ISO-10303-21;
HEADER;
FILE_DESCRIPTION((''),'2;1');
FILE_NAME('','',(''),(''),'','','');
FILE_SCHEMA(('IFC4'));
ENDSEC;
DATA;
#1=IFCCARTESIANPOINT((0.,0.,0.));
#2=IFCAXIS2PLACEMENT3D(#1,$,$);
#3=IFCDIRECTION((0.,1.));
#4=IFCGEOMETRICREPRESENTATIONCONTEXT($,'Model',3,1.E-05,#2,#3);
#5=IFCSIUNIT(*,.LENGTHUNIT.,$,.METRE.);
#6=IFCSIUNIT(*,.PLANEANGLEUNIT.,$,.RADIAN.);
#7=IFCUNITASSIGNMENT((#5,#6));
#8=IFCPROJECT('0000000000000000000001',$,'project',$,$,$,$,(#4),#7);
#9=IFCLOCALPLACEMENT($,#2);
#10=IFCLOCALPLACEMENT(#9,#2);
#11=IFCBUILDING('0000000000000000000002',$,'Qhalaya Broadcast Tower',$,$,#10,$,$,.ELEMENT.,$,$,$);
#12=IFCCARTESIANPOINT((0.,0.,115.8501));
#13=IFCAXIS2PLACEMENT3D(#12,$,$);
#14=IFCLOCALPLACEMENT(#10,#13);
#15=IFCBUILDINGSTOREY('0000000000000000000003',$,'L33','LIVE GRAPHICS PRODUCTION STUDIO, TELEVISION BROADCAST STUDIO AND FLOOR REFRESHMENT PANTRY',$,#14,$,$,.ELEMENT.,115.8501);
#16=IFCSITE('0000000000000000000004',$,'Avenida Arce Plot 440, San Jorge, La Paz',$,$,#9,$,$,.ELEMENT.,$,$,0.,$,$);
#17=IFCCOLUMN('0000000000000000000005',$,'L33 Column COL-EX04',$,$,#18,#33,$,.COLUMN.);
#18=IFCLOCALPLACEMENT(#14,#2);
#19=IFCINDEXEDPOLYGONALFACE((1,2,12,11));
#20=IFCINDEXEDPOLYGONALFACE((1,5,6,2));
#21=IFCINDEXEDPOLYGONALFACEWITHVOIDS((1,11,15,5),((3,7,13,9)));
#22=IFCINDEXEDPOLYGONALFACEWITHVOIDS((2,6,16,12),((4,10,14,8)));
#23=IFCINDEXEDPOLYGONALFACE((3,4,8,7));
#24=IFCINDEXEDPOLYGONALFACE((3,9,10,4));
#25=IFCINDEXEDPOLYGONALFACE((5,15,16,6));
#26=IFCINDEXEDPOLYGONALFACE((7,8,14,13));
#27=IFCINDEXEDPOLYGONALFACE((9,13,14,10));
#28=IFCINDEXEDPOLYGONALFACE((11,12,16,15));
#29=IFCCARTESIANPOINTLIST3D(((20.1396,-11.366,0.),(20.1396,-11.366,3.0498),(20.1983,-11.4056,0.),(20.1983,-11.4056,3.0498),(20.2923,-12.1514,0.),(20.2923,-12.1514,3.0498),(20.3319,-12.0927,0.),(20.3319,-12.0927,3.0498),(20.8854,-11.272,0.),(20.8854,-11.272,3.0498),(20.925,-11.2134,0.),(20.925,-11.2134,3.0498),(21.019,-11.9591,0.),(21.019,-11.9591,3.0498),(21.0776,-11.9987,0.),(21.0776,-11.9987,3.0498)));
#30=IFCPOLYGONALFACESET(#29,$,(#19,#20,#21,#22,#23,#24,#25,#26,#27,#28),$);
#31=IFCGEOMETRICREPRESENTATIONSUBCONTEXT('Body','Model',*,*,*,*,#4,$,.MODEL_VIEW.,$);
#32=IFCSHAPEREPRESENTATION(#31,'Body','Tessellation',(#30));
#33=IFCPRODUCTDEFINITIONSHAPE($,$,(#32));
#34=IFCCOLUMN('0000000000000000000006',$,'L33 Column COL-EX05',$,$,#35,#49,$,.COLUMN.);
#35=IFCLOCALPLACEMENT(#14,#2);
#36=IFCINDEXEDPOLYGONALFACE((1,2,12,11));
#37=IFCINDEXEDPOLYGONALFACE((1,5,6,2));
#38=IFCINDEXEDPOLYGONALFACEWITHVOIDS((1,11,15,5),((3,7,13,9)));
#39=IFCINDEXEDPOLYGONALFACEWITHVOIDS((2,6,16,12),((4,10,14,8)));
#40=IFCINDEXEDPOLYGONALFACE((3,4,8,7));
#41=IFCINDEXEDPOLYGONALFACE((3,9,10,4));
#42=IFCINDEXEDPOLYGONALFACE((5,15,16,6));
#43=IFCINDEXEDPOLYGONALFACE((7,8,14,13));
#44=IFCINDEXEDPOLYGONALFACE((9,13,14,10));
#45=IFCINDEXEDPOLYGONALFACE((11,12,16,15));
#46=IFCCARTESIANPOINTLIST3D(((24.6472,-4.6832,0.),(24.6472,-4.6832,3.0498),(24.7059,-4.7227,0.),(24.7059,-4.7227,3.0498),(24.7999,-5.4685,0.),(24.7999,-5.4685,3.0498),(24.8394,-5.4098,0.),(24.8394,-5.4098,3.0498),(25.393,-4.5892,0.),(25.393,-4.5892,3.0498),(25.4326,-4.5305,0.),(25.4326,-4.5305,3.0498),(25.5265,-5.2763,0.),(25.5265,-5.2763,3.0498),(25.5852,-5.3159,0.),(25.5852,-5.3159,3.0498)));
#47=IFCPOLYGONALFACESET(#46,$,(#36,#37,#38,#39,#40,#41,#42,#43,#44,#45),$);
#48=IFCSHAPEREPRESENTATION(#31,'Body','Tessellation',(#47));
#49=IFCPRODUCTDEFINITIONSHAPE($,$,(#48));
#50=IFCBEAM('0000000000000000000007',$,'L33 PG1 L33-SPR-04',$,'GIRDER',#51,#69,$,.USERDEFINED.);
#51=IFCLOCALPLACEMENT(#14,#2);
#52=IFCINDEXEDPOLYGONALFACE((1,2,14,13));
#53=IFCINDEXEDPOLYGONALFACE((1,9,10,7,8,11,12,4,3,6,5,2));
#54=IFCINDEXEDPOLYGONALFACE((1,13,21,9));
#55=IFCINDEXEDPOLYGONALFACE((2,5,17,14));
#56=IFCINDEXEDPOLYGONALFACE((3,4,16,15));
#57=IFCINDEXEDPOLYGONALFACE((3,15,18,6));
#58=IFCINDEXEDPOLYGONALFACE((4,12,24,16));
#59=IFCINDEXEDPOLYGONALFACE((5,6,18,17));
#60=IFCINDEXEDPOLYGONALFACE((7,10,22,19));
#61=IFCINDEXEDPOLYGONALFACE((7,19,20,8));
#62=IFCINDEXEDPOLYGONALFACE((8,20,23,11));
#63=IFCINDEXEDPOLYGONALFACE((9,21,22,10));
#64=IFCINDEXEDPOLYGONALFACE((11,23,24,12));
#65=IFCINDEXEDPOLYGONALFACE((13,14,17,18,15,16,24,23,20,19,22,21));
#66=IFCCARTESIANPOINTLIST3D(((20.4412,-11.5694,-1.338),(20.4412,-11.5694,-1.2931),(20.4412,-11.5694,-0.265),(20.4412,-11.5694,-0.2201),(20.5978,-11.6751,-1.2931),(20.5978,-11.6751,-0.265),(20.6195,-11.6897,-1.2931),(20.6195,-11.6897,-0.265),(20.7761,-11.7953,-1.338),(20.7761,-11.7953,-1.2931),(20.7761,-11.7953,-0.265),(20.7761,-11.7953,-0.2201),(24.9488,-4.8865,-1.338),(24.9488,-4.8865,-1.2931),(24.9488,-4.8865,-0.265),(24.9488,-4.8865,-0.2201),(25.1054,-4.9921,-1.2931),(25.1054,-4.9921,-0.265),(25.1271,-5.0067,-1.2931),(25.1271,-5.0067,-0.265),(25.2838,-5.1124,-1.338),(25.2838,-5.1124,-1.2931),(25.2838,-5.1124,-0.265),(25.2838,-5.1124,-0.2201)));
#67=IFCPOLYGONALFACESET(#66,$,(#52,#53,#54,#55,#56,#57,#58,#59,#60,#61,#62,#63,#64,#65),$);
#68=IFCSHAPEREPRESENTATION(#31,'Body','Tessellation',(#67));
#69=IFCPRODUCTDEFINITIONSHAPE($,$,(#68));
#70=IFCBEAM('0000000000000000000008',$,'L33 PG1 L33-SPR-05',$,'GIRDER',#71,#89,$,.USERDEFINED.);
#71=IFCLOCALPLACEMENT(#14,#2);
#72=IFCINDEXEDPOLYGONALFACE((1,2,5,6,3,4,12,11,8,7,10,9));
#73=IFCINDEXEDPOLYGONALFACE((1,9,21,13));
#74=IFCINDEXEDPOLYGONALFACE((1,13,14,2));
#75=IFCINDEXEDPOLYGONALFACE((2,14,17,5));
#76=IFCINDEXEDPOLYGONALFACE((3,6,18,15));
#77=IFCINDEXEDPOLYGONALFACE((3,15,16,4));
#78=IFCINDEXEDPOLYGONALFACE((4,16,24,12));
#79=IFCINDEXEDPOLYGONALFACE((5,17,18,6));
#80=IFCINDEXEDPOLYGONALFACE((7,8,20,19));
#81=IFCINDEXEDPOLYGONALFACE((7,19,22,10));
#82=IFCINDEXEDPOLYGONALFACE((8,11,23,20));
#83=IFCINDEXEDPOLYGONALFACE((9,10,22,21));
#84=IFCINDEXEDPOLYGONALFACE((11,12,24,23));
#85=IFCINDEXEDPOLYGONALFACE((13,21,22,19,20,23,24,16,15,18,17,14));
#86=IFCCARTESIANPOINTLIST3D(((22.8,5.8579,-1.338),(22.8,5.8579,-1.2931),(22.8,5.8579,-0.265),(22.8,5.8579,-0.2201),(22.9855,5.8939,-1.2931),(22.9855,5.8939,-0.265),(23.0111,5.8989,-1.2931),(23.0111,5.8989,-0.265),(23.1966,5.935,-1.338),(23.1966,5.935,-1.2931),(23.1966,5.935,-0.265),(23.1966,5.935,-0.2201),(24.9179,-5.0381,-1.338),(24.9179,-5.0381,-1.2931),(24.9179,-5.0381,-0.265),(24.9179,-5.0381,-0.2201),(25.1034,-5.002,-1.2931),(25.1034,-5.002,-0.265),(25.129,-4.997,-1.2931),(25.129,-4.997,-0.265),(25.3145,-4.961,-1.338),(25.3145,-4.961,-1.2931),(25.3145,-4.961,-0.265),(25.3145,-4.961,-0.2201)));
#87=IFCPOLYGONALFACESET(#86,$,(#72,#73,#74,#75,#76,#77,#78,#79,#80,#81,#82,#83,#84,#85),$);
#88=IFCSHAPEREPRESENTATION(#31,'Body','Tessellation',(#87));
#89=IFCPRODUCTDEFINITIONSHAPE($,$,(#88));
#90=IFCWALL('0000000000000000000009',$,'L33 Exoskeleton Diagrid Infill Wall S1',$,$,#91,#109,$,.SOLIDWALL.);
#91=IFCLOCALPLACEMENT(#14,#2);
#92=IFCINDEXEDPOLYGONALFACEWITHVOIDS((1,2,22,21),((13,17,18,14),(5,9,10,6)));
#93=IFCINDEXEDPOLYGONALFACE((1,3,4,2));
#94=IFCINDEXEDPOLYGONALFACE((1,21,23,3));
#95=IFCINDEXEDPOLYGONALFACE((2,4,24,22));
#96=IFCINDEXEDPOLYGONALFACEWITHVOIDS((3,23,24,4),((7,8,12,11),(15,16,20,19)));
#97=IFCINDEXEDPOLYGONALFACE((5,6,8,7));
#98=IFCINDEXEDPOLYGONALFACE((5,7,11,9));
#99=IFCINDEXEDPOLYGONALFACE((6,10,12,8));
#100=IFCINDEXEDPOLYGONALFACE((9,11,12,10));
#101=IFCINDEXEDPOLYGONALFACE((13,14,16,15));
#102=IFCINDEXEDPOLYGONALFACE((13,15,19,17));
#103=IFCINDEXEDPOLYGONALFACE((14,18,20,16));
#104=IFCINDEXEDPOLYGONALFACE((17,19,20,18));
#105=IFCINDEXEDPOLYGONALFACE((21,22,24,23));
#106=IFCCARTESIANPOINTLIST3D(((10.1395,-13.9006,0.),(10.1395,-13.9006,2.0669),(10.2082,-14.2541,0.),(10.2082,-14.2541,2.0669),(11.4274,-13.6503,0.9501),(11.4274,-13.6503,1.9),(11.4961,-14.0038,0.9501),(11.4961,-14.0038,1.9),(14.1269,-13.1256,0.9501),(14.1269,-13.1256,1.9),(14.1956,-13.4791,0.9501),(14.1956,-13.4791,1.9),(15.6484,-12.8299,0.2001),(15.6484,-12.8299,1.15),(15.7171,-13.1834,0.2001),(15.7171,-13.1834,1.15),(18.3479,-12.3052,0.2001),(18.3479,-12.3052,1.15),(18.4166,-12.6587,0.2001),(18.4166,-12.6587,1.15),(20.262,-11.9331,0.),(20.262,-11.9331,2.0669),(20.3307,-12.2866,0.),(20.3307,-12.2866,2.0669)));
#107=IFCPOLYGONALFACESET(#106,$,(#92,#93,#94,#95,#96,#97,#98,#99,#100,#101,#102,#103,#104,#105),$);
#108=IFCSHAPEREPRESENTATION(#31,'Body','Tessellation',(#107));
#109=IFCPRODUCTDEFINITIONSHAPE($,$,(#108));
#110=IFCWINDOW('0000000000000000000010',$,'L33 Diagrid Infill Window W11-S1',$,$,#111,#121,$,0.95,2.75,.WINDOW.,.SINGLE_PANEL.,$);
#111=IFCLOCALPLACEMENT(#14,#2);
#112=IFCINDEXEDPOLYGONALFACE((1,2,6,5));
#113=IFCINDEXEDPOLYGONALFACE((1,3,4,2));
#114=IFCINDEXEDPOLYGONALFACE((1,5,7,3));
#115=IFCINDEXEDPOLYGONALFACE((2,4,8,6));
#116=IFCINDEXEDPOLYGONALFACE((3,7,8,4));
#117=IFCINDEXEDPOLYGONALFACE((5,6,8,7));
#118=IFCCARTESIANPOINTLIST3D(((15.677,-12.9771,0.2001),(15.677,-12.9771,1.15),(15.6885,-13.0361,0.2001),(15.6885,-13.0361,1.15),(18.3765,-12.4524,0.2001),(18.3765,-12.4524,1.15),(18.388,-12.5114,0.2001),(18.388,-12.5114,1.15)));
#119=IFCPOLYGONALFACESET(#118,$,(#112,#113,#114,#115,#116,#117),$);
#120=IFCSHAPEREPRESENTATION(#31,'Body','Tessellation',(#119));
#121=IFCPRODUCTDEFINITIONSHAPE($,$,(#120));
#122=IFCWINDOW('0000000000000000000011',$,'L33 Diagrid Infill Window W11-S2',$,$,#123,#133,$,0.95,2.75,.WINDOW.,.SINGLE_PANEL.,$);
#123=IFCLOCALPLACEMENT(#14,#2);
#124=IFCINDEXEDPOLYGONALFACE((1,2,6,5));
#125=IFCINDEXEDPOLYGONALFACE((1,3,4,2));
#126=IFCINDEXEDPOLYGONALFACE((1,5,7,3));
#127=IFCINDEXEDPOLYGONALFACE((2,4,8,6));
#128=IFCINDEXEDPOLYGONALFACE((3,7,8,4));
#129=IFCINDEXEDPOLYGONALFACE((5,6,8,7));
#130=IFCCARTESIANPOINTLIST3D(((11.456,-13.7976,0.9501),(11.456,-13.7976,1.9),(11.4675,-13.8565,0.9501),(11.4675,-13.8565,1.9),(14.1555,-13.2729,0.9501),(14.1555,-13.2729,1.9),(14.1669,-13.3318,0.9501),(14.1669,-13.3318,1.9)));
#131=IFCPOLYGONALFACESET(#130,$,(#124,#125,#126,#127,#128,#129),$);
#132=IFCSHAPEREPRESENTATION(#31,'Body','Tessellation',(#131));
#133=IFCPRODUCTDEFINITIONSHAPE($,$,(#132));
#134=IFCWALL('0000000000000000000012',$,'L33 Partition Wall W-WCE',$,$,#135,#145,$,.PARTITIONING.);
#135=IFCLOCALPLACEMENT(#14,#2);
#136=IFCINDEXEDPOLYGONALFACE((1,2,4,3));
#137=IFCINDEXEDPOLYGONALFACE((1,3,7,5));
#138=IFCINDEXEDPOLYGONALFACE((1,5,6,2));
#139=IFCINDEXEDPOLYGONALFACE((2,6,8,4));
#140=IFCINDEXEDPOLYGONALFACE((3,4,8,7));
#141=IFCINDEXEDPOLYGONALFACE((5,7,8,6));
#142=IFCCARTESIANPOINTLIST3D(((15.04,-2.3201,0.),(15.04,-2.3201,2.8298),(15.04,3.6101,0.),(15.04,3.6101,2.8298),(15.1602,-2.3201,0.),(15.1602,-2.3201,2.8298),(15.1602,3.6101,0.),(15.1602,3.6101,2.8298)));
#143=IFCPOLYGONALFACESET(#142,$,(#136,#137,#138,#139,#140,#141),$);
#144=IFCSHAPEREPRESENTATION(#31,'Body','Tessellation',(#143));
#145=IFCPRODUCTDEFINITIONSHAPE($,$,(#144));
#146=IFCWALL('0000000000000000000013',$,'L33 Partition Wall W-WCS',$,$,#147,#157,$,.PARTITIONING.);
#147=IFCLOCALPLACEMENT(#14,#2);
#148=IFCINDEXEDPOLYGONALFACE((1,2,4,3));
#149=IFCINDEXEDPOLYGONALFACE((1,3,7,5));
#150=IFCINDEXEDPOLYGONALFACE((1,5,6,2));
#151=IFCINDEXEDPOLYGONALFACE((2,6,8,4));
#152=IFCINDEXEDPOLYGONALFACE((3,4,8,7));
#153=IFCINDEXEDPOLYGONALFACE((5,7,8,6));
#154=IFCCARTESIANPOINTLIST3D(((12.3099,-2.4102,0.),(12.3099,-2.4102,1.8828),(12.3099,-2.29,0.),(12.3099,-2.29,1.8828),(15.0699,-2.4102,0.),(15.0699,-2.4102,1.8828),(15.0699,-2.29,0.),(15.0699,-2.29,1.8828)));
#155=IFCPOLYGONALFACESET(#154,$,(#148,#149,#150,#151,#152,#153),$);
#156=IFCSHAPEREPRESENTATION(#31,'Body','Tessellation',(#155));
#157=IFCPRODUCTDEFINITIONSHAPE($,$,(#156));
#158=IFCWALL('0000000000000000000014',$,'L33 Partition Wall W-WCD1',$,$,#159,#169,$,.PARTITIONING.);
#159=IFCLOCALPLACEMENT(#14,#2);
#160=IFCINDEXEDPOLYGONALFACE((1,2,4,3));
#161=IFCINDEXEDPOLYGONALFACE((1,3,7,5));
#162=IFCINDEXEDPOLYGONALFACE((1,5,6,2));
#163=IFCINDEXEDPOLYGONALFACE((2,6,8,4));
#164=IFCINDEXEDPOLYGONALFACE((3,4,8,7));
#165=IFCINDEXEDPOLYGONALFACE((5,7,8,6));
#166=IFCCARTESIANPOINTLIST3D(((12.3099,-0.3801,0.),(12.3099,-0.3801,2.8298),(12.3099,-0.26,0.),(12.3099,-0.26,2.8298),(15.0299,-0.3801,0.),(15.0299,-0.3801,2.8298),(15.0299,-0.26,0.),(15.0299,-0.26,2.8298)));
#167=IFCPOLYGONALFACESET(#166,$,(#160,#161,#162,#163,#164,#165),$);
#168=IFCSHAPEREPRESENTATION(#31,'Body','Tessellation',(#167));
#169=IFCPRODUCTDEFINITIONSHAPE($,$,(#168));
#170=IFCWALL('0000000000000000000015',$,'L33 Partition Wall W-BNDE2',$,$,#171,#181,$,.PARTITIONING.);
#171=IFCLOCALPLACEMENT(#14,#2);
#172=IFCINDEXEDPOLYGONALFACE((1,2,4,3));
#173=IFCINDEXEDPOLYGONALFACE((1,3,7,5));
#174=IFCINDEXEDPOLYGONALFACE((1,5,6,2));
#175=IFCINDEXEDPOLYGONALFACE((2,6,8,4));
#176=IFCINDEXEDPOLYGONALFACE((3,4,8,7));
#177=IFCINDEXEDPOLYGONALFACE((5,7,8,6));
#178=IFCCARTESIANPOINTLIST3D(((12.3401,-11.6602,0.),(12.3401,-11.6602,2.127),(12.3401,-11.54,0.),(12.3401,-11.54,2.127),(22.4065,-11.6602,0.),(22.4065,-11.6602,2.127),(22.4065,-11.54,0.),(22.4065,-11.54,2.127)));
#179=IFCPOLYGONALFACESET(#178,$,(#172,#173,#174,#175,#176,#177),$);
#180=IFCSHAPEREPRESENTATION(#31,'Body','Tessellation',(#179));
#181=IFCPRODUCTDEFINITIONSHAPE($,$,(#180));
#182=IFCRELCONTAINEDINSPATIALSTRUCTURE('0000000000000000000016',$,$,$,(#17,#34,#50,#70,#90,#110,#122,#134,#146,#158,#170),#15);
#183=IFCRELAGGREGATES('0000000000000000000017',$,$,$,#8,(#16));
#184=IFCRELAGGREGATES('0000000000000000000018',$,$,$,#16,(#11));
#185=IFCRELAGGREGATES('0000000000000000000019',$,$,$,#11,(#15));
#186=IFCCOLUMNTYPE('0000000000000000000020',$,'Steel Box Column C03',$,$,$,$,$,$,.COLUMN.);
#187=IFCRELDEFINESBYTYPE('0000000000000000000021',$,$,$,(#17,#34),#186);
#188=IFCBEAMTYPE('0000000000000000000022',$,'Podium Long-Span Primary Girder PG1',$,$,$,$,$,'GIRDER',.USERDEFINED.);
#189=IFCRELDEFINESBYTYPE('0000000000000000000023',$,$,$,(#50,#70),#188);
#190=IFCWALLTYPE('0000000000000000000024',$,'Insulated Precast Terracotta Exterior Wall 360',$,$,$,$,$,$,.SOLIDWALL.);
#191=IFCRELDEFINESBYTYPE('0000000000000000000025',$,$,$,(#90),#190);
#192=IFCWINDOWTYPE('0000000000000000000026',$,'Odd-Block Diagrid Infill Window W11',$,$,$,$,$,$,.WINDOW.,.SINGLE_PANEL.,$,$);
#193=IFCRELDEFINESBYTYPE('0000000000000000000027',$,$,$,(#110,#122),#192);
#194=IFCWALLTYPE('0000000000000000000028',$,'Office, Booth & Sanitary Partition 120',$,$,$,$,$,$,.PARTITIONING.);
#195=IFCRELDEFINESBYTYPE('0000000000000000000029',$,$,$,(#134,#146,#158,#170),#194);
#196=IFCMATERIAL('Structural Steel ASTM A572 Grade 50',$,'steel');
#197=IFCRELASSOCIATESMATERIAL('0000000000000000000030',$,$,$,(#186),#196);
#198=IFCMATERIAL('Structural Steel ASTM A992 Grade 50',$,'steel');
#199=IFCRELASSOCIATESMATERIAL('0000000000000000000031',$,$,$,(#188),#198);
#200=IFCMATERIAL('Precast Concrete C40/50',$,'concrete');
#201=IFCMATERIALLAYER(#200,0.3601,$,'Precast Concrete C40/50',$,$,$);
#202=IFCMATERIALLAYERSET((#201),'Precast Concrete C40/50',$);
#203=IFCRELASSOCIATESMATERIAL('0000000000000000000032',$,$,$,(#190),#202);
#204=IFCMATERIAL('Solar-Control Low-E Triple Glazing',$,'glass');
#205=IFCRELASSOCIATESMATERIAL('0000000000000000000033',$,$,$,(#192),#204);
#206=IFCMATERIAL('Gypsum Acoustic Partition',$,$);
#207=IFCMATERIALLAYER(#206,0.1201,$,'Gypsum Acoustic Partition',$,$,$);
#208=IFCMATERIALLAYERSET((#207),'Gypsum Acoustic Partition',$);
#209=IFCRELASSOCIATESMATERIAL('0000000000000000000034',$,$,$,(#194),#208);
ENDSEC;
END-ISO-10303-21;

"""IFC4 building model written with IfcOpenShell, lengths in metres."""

from ifc_helpers import new_model, si_unit, direction, frame, frame_2d, origin, origin_2d, place, context, subcontext, project, spatial, rectangle, hollow_rectangle, i_section, extrude, material, layer, layer_set, material_profile, profile_set, type_object, element, fill, save


model = new_model("IFC4")

# Units and contexts
model_context = context("Model", 3, precision=1e-05, world=origin(), true_north=direction((0.0, 1.0)))
body_context = subcontext(model_context, "Body", "Model", "MODEL_VIEW")
ifc_project = project(units=[si_unit("LENGTHUNIT", "METRE"), si_unit("PLANEANGLEUNIT", "RADIAN")], contexts=[model_context])

# Site, building, storey
site_placement = place(None, origin())
site = spatial("IfcSite", under=ifc_project, at=site_placement, Name="Avenida Arce Plot 440, San Jorge, La Paz", CompositionType="ELEMENT", RefElevation=0.0)
building_placement = place(site_placement, origin())
building = spatial("IfcBuilding", under=site, at=building_placement, Name="Qhalaya Broadcast Tower", CompositionType="ELEMENT")
storey_placement = place(building_placement, frame((0.0, 0.0, 115.8501)))
storey = spatial("IfcBuildingStorey", under=building, at=storey_placement, Name="L33", Description="LIVE GRAPHICS PRODUCTION STUDIO, TELEVISION BROADCAST STUDIO AND FLOOR REFRESHMENT PANTRY", CompositionType="ELEMENT", Elevation=115.8501)

# Columns
ifc_material_1 = material(Name="Structural Steel ASTM A572 Grade 50", Category="steel")
ifc_material_profile_1 = material_profile(ifc_material_1, hollow_rectangle(XDim=0.8, YDim=0.8, WallThickness=0.05, at=origin_2d()), Name="BOX 800x800x50")
ifc_profile_set_1 = profile_set([ifc_material_profile_1], Name="Structural Steel ASTM A572 Grade 50")
column_type = type_object("IfcColumnType", Name="Steel Box Column C03", PredefinedType="COLUMN", material=ifc_profile_set_1)
for number, where, z_axis, x_axis, name in (
    (1, (20.6086, -11.6824, 0.0), (0.0, 0.0, 1.0), (0.981627, 0.190809, 0.0), "L33 Column COL-EX04"),
    (2, (25.1162, -4.9995, 0.0), (0.0, 0.0, 1.0), (-0.190809, 0.981627, 0.0), "L33 Column COL-EX05"),
):
    element("IfcColumn", number, at=place(storey_placement, frame(where, z_axis=z_axis, x_axis=x_axis)), inside=storey, type_object=column_type, Name=name, PredefinedType="COLUMN", context=body_context, shape_type="SweptSolid", body=[
        extrude(hollow_rectangle(XDim=0.8, YDim=0.8, WallThickness=0.05, at=origin_2d()), origin(), (0.0, 0.0, 1.0), 3.0498),
    ])

# Beams
ifc_material_2 = material(Name="Structural Steel ASTM A992 Grade 50", Category="steel")
ifc_material_profile_2 = material_profile(ifc_material_2, i_section(OverallWidth=0.4041, OverallDepth=1.1179, WebThickness=0.0261, FlangeThickness=0.0449, at=origin_2d()), Name="W44X335")
ifc_profile_set_2 = profile_set([ifc_material_profile_2], Name="Structural Steel ASTM A992 Grade 50")
beam_type = type_object("IfcBeamType", Name="Podium Long-Span Primary Girder PG1", ElementType="GIRDER", PredefinedType="USERDEFINED", material=ifc_profile_set_2)
beam_1_placement = place(storey_placement, frame((20.6086, -11.6824, -0.7791), z_axis=(0.559186, 0.829042, 0.0), x_axis=(-0.829042, 0.559186, 0.0)))
element("IfcBeam", 3, at=beam_1_placement, inside=storey, type_object=beam_type, Name="L33 PG1 L33-SPR-04", ObjectType="GIRDER", PredefinedType="USERDEFINED", context=body_context, shape_type="SweptSolid", body=[
    extrude(i_section(OverallWidth=0.4041, OverallDepth=1.1179, WebThickness=0.0261, FlangeThickness=0.0449, at=origin_2d()), origin(), (0.0, 0.0, 1.0), 8.061),
])
beam_2_placement = place(storey_placement, frame((25.1162, -4.9995, -0.7791), z_axis=(-0.190805, 0.981628, 0.0), x_axis=(-0.981628, -0.190805, 0.0)))
element("IfcBeam", 4, at=beam_2_placement, inside=storey, type_object=beam_type, Name="L33 PG1 L33-SPR-05", ObjectType="GIRDER", PredefinedType="USERDEFINED", context=body_context, shape_type="SweptSolid", body=[
    extrude(i_section(OverallWidth=0.4041, OverallDepth=1.1179, WebThickness=0.0261, FlangeThickness=0.0449, at=origin_2d()), origin(), (0.0, 0.0, 1.0), 11.0999),
])

# Wall, openings, windows
ifc_material_3 = material(Name="Precast Concrete C40/50", Category="concrete")
ifc_layer_1 = layer(ifc_material_3, 0.3601, Name="Precast Concrete C40/50")
ifc_layer_set_1 = layer_set([ifc_layer_1], Name="Precast Concrete C40/50")
wall_type_1 = type_object("IfcWallType", Name="Insulated Precast Terracotta Exterior Wall 360", PredefinedType="SOLIDWALL", material=ifc_layer_set_1)
wall_1_placement = place(storey_placement, frame((20.2964, -12.1099, 0.0), z_axis=(0.0, 0.0, 1.0), x_axis=(-0.981629, -0.1908, 0.0)))
wall_1 = element("IfcWall", 5, at=wall_1_placement, inside=storey, type_object=wall_type_1, Name="L33 Exoskeleton Diagrid Infill Wall S1", PredefinedType="SOLIDWALL", context=body_context, shape_type="SweptSolid", body=[
    extrude(rectangle(XDim=10.312, YDim=0.3601, at=frame_2d((5.156, 0.0))), origin(), (0.0, 0.0, 1.0), 2.0669),
])
opening_1_placement = place(wall_1_placement, frame((1.95, 0.0, 0.2)))
opening_1 = element("IfcOpeningElement", 6, at=opening_1_placement, cuts=wall_1, PredefinedType="OPENING", context=body_context, shape_type="SweptSolid", body=[
    extrude(rectangle(XDim=2.75, YDim=0.95, at=frame_2d((1.375, 0.4751))), frame((0.0, 0.1921, 0.0), z_axis=(0.0, -1.0, 0.0), x_axis=(1.0, 0.0, 0.0)), (0.0, 0.0, 1.0), 0.384),
])
opening_2_placement = place(wall_1_placement, frame((6.25, 0.0, 0.95)))
opening_2 = element("IfcOpeningElement", 7, at=opening_2_placement, cuts=wall_1, PredefinedType="OPENING", context=body_context, shape_type="SweptSolid", body=[
    extrude(rectangle(XDim=2.75, YDim=0.95, at=frame_2d((1.375, 0.4751))), frame((0.0, 0.1921, 0.0), z_axis=(0.0, -1.0, 0.0), x_axis=(1.0, 0.0, 0.0)), (0.0, 0.0, 1.0), 0.384),
])
ifc_material_4 = material(Name="Solar-Control Low-E Triple Glazing", Category="glass")
window_type = type_object("IfcWindowType", Name="Odd-Block Diagrid Infill Window W11", PartitioningType="SINGLE_PANEL", PredefinedType="WINDOW", material=ifc_material_4)
window_1_placement = place(opening_1_placement, origin())
window_1 = element("IfcWindow", 8, at=window_1_placement, inside=storey, type_object=window_type, Name="L33 Diagrid Infill Window W11-S1", OverallHeight=0.95, OverallWidth=2.75, PartitioningType="SINGLE_PANEL", PredefinedType="WINDOW", context=body_context, shape_type="SweptSolid", body=[
    extrude(rectangle(XDim=2.75, YDim=0.95, at=frame_2d((1.375, 0.4751))), frame((0.0, 0.03, 0.0), z_axis=(0.0, -1.0, 0.0), x_axis=(1.0, 0.0, 0.0)), (0.0, 0.0, 1.0), 0.0601),
])
fill(opening_1, window_1)
window_2_placement = place(opening_2_placement, origin())
window_2 = element("IfcWindow", 9, at=window_2_placement, inside=storey, type_object=window_type, Name="L33 Diagrid Infill Window W11-S2", OverallHeight=0.95, OverallWidth=2.75, PartitioningType="SINGLE_PANEL", PredefinedType="WINDOW", context=body_context, shape_type="SweptSolid", body=[
    extrude(rectangle(XDim=2.75, YDim=0.95, at=frame_2d((1.375, 0.4751))), frame((0.0, 0.03, 0.0), z_axis=(0.0, -1.0, 0.0), x_axis=(1.0, 0.0, 0.0)), (0.0, 0.0, 1.0), 0.0601),
])
fill(opening_2, window_2)

# Walls
ifc_material_5 = material(Name="Gypsum Acoustic Partition")
ifc_layer_2 = layer(ifc_material_5, 0.1201, Name="Gypsum Acoustic Partition")
ifc_layer_set_2 = layer_set([ifc_layer_2], Name="Gypsum Acoustic Partition")
wall_type_2 = type_object("IfcWallType", Name="Office, Booth & Sanitary Partition 120", PredefinedType="PARTITIONING", material=ifc_layer_set_2)
wall_2_placement = place(storey_placement, frame((15.1001, -2.3201, 0.0), z_axis=(0.0, 0.0, 1.0), x_axis=(0.0, 1.0, 0.0)))
element("IfcWall", 10, at=wall_2_placement, inside=storey, type_object=wall_type_2, Name="L33 Partition Wall W-WCE", PredefinedType="PARTITIONING", context=body_context, shape_type="SweptSolid", body=[
    extrude(rectangle(XDim=5.9302, YDim=0.1201, at=frame_2d((2.9651, 0.0))), origin(), (0.0, 0.0, 1.0), 2.8298),
])
wall_3_placement = place(storey_placement, frame((12.3101, -2.3501, 0.0), z_axis=(0.0, 0.0, 1.0), x_axis=(1.0, 0.0, 0.0)))
element("IfcWall", 11, at=wall_3_placement, inside=storey, type_object=wall_type_2, Name="L33 Partition Wall W-WCS", PredefinedType="PARTITIONING", context=body_context, shape_type="SweptSolid", body=[
    extrude(rectangle(XDim=2.76, YDim=0.1201, at=frame_2d((1.3799, 0.0))), origin(), (0.0, 0.0, 1.0), 1.8828),
])
wall_4_placement = place(storey_placement, frame((12.3101, -0.3201, 0.0), z_axis=(0.0, 0.0, 1.0), x_axis=(1.0, 0.0, 0.0)))
element("IfcWall", 12, at=wall_4_placement, inside=storey, type_object=wall_type_2, Name="L33 Partition Wall W-WCD1", PredefinedType="PARTITIONING", context=body_context, shape_type="SweptSolid", body=[
    extrude(rectangle(XDim=2.72, YDim=0.1201, at=frame_2d((1.3599, 0.0))), origin(), (0.0, 0.0, 1.0), 2.8298),
])
wall_5_placement = place(storey_placement, frame((12.3401, -11.6001, 0.0), z_axis=(0.0, 0.0, 1.0), x_axis=(1.0, 0.0, 0.0)))
element("IfcWall", 13, at=wall_5_placement, inside=storey, type_object=wall_type_2, Name="L33 Partition Wall W-BNDE2", PredefinedType="PARTITIONING", context=body_context, shape_type="SweptSolid", body=[
    extrude(rectangle(XDim=10.0664, YDim=0.1201, at=frame_2d((5.0332, 0.0))), origin(), (0.0, 0.0, 1.0), 2.127),
])

save(model, "model.ifc")
